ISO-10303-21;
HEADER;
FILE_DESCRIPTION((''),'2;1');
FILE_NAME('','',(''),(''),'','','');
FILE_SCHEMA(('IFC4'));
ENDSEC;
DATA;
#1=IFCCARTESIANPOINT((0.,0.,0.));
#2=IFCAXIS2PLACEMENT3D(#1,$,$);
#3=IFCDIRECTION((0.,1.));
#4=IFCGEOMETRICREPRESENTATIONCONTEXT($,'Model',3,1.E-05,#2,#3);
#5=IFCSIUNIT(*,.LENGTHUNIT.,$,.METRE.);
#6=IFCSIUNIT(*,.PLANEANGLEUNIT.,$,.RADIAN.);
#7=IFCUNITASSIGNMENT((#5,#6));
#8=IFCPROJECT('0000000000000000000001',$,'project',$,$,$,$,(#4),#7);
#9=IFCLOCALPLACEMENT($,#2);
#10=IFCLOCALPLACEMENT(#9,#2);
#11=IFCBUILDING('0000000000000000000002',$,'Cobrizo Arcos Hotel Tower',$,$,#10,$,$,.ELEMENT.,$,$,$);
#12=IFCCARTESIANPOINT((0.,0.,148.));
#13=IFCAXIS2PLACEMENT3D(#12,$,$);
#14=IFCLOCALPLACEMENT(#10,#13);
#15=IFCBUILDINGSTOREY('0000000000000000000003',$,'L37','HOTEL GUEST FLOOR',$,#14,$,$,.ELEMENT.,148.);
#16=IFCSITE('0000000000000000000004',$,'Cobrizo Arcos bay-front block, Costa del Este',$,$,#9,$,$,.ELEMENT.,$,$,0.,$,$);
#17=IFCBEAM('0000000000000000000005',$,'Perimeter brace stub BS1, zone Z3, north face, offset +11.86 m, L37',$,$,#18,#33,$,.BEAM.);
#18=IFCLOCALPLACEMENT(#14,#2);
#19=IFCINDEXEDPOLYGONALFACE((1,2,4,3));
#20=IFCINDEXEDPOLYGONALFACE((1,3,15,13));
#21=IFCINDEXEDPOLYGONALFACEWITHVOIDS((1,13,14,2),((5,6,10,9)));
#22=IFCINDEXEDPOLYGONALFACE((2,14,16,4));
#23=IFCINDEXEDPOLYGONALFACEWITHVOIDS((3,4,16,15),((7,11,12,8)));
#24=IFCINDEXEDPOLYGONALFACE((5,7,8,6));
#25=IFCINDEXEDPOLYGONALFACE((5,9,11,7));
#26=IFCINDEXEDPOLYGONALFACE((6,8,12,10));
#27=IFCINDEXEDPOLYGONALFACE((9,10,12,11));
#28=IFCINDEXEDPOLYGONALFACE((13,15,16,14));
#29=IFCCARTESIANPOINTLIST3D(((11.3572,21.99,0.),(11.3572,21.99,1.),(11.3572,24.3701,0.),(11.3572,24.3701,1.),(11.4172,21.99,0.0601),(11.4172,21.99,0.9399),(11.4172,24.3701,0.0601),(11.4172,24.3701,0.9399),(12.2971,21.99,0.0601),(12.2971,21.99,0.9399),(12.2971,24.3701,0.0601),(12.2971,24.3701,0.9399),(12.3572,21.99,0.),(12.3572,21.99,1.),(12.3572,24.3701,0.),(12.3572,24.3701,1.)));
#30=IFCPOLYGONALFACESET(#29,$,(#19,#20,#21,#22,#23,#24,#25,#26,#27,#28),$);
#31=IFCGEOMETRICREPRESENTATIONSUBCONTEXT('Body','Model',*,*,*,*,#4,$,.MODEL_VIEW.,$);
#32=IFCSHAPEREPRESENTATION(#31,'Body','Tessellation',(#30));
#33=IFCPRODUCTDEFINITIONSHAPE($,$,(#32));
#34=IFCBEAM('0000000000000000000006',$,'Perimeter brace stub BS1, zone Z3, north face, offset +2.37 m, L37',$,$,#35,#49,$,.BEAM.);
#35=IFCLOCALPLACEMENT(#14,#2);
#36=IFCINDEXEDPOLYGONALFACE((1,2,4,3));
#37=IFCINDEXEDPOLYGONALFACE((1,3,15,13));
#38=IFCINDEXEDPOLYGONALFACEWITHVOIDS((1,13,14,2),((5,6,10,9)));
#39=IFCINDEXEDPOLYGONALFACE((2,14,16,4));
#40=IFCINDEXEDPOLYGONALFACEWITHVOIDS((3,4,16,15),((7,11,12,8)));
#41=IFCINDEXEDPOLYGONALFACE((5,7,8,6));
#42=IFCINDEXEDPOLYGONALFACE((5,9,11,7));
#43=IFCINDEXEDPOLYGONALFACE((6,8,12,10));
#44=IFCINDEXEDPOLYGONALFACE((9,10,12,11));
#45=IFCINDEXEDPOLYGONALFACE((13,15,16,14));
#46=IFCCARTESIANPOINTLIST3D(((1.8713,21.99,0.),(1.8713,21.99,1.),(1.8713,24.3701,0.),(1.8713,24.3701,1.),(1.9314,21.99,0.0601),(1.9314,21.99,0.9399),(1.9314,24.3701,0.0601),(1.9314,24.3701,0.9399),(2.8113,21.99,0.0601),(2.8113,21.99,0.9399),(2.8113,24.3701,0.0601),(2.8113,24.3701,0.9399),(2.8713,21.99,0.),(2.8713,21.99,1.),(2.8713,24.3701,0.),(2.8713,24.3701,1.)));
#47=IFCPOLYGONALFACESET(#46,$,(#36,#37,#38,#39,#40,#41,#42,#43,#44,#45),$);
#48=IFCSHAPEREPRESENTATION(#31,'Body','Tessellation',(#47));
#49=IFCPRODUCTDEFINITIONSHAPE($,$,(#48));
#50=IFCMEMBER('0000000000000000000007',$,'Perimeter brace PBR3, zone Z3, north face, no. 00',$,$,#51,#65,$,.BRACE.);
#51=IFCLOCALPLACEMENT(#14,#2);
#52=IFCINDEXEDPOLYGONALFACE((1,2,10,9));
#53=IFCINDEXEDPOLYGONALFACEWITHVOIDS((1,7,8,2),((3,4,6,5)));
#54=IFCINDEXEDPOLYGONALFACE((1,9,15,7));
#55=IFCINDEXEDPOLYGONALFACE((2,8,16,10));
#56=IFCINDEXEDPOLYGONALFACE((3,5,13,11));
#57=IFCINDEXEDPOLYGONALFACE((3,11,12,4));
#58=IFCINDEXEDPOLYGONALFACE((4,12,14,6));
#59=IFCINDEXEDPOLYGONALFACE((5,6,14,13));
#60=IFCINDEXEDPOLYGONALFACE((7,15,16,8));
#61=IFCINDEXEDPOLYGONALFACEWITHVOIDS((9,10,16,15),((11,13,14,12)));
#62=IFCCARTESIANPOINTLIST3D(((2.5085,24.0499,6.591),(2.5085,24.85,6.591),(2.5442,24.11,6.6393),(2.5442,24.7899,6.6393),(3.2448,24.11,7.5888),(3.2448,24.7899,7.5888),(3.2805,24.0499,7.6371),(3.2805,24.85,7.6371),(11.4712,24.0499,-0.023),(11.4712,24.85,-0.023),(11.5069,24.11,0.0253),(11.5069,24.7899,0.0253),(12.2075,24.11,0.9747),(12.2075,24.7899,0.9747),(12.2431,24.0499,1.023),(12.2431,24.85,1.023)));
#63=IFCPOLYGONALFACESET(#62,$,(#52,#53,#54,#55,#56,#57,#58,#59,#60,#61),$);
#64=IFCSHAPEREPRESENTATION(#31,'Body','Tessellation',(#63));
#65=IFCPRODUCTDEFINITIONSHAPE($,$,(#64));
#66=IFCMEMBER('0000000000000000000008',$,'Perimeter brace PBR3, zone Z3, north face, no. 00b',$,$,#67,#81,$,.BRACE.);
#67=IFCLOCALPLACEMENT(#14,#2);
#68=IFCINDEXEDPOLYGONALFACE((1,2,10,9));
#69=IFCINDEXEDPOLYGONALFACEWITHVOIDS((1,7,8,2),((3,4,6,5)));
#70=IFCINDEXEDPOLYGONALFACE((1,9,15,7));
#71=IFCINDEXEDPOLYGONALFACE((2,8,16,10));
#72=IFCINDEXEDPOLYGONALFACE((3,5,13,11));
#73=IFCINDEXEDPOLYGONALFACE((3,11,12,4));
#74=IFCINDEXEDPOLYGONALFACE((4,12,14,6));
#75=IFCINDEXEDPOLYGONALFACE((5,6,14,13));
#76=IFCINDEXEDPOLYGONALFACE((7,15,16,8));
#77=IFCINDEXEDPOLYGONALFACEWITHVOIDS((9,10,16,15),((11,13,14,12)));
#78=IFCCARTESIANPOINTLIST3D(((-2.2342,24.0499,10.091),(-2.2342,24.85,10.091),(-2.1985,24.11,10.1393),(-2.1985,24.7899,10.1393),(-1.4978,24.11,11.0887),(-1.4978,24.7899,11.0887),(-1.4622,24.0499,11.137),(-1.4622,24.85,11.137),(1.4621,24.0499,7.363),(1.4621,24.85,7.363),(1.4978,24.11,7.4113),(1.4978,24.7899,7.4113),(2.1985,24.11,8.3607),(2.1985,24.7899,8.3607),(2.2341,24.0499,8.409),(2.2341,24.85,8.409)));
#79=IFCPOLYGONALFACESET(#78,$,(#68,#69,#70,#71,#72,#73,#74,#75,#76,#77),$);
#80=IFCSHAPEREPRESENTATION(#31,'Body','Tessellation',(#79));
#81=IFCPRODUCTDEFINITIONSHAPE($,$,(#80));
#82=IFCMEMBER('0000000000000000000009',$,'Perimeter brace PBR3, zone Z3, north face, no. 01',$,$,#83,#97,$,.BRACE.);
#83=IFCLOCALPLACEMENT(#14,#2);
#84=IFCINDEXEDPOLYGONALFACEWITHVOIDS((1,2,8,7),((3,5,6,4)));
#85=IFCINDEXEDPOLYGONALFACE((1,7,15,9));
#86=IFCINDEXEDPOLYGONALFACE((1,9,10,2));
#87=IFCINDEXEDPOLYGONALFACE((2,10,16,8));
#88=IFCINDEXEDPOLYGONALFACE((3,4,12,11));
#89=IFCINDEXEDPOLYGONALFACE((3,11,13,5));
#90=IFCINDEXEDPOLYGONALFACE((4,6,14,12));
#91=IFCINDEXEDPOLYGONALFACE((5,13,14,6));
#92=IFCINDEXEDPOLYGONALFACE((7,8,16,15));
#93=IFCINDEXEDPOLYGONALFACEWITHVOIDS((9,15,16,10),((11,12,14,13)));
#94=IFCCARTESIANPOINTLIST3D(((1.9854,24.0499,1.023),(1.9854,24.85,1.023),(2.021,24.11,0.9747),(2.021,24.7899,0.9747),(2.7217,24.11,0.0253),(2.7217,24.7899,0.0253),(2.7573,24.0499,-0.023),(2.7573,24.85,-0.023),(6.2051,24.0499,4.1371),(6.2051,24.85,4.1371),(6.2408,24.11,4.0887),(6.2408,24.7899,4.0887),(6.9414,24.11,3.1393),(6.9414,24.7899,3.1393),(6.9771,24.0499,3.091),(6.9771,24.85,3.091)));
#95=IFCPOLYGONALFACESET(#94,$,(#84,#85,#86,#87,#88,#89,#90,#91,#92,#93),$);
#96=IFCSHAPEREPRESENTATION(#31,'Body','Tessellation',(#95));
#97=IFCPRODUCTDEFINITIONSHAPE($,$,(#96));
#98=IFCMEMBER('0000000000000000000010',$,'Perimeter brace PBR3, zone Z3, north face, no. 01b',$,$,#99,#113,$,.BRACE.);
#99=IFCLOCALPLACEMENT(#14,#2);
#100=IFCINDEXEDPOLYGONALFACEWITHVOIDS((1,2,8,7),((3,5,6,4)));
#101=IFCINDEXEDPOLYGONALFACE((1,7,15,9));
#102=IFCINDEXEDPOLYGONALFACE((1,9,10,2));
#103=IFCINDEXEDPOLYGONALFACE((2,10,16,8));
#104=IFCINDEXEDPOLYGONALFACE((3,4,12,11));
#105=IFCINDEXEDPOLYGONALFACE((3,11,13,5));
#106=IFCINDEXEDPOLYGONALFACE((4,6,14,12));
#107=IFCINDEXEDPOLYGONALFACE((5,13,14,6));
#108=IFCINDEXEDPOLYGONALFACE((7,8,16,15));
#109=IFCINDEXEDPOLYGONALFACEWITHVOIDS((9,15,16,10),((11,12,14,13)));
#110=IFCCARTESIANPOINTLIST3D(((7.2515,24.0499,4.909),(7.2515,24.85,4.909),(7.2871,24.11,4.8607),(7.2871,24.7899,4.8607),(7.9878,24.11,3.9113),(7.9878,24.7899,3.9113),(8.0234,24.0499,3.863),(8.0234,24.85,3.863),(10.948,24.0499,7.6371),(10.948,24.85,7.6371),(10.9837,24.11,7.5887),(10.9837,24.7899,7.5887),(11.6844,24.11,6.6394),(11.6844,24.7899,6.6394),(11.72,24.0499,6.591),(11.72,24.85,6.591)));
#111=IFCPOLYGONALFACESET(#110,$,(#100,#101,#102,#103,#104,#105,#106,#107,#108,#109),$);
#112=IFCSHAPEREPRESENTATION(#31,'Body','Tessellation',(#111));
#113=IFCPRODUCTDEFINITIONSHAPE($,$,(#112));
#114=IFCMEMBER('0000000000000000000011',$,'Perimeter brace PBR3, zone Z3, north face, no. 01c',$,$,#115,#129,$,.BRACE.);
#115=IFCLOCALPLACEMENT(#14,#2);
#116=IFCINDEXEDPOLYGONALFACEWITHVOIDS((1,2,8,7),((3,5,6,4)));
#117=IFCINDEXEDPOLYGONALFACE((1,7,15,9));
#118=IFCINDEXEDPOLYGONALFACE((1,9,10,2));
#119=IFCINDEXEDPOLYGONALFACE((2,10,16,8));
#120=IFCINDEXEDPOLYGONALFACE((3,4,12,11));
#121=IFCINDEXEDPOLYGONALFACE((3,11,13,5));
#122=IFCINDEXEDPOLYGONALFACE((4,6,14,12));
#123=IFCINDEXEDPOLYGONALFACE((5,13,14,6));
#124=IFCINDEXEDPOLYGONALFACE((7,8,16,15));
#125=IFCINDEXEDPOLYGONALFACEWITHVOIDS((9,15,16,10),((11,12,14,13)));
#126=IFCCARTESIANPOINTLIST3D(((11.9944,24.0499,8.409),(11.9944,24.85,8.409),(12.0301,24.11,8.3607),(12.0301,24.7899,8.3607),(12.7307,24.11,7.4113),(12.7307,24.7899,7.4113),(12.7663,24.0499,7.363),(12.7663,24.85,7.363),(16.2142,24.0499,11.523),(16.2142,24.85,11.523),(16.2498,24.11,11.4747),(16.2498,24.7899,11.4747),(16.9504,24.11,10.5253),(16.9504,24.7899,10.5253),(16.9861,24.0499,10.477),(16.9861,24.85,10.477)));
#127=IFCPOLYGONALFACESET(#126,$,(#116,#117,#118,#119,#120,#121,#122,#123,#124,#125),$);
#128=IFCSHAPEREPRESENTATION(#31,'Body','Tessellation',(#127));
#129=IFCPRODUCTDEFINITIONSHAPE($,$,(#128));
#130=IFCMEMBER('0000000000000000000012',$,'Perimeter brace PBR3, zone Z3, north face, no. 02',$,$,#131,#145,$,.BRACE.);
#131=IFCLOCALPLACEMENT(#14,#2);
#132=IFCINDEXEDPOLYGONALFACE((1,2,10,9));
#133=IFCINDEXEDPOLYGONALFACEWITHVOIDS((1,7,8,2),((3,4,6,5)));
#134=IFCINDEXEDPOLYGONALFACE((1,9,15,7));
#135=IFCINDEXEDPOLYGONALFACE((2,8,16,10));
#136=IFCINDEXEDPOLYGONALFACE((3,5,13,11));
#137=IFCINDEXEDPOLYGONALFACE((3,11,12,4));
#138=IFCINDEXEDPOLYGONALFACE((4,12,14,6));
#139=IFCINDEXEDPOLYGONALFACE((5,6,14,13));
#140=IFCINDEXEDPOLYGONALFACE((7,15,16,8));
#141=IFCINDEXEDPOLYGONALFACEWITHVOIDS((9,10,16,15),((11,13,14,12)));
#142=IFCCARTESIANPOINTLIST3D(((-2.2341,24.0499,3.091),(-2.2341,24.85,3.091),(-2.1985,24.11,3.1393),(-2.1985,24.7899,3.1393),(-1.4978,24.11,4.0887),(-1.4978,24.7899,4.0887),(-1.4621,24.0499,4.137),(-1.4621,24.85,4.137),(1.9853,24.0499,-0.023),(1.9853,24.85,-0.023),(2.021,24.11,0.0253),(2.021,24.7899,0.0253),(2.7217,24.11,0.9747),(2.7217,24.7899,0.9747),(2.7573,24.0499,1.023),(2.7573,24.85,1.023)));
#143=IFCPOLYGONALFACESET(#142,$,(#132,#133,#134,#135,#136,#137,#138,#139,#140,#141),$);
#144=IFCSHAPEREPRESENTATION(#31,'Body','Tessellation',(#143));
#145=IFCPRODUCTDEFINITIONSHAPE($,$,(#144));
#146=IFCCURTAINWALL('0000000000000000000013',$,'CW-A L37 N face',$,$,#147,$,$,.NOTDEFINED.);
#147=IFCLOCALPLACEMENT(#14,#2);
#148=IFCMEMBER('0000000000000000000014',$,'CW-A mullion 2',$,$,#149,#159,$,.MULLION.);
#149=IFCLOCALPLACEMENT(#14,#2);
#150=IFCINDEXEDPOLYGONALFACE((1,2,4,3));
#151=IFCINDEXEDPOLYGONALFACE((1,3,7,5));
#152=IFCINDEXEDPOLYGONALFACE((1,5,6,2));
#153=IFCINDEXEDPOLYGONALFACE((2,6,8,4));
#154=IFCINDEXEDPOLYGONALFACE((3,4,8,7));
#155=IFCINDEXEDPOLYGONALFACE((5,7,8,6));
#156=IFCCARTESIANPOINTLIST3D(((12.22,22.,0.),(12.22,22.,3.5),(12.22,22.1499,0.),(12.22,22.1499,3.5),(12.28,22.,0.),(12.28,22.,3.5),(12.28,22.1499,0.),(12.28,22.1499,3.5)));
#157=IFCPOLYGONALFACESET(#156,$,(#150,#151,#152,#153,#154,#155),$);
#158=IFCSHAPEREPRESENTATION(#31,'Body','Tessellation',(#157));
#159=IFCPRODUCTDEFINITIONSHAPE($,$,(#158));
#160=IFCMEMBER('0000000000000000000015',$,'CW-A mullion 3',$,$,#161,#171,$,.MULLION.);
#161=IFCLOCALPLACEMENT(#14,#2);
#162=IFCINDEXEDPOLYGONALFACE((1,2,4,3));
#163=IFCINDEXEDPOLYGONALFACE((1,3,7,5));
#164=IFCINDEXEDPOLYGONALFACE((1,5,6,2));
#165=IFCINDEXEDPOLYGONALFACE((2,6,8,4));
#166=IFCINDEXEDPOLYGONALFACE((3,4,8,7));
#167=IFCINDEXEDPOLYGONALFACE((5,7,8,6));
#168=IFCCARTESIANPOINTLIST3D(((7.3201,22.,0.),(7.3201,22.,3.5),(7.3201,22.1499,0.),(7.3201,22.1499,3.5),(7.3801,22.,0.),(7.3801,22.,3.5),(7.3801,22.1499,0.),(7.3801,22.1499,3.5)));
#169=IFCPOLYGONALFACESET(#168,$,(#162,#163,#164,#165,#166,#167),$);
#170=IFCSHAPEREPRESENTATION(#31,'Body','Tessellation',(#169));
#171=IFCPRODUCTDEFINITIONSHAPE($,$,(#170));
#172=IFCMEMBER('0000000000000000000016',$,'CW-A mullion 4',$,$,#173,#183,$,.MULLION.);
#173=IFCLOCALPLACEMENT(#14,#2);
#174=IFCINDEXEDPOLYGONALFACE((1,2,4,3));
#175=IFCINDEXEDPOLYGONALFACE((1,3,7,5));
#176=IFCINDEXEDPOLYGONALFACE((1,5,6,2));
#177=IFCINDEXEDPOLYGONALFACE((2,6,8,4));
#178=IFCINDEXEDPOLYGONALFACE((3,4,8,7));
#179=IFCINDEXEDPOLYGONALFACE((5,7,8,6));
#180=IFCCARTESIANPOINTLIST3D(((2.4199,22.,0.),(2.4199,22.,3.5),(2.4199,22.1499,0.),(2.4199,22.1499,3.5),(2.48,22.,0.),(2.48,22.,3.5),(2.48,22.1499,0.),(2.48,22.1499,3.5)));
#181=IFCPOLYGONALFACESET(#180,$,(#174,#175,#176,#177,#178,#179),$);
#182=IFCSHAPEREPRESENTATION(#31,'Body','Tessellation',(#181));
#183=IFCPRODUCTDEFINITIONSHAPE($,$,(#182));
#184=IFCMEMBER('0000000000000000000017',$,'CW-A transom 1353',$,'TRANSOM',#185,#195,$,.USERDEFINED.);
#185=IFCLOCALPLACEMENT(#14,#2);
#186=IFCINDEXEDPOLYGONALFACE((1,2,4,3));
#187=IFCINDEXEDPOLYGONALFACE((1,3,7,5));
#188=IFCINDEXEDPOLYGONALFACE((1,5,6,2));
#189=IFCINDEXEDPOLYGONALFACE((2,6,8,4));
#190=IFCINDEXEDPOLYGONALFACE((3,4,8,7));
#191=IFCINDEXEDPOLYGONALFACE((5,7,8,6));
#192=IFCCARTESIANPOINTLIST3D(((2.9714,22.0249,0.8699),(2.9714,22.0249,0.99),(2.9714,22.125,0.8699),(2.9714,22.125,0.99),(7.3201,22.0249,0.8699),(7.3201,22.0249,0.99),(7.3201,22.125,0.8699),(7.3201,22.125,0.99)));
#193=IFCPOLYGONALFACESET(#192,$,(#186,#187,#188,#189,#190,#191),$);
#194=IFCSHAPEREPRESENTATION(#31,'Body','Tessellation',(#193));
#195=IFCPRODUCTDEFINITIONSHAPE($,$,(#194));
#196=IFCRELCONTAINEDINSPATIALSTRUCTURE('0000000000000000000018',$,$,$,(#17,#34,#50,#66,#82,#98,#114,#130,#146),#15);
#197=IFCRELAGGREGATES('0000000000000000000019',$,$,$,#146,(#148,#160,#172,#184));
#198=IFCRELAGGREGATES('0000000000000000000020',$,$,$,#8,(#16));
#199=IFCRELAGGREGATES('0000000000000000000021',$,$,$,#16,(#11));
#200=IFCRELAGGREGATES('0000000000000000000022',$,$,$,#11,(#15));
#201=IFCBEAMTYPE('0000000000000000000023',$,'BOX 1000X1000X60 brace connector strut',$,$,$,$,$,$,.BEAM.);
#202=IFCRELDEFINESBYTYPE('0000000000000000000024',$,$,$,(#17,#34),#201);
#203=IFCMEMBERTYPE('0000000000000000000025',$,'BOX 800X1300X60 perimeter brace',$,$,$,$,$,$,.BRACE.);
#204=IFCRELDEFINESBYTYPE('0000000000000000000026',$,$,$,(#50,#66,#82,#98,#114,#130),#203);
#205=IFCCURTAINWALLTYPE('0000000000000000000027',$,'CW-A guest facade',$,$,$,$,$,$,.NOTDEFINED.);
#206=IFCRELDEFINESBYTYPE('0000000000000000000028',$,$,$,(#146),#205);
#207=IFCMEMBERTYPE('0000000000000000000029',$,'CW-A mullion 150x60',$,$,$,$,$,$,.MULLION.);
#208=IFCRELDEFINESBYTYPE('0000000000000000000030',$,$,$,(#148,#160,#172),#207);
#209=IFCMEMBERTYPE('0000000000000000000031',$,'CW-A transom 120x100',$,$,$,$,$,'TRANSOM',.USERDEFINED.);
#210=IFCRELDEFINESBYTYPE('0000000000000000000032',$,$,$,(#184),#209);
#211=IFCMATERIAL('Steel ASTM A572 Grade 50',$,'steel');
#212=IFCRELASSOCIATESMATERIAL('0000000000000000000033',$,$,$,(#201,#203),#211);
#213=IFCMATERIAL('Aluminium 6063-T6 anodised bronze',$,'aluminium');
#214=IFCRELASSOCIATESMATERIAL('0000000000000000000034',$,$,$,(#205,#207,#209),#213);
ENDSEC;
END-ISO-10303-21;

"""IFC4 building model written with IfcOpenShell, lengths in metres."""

from ifc_helpers import new_model, si_unit, direction, frame, origin, origin_2d, place, context, subcontext, project, spatial, rectangle, hollow_rectangle, extrude, material, material_profile, profile_set, type_object, element, aggregate, save


model = new_model("IFC4")

# Units and contexts
model_context = context("Model", 3, precision=1e-05, world=origin(), true_north=direction((0.0, 1.0)))
body_context = subcontext(model_context, "Body", "Model", "MODEL_VIEW")
ifc_project = project(units=[si_unit("LENGTHUNIT", "METRE"), si_unit("PLANEANGLEUNIT", "RADIAN")], contexts=[model_context])

# Site, building, storey
site_placement = place(None, origin())
site = spatial("IfcSite", under=ifc_project, at=site_placement, Name="Cobrizo Arcos bay-front block, Costa del Este", CompositionType="ELEMENT", RefElevation=0.0)
building_placement = place(site_placement, origin())
building = spatial("IfcBuilding", under=site, at=building_placement, Name="Cobrizo Arcos Hotel Tower", CompositionType="ELEMENT")
storey_placement = place(building_placement, frame((0.0, 0.0, 148.0)))
storey = spatial("IfcBuildingStorey", under=building, at=storey_placement, Name="L37", Description="HOTEL GUEST FLOOR", CompositionType="ELEMENT", Elevation=148.0)

# Beams
ifc_material_1 = material(Name="Steel ASTM A572 Grade 50", Category="steel")
ifc_material_profile_1 = material_profile(ifc_material_1, hollow_rectangle(XDim=1.0, YDim=1.0, WallThickness=0.0601, at=origin_2d()), Name="BOX 1000X1000X60")
ifc_profile_set_1 = profile_set([ifc_material_profile_1], Name="Steel ASTM A572 Grade 50")
beam_type = type_object("IfcBeamType", Name="BOX 1000X1000X60 brace connector strut", PredefinedType="BEAM", material=ifc_profile_set_1)
for number, where, z_axis, x_axis, name in (
    (1, (11.8572, 21.99, 0.5), (0.0, 1.0, 0.0), (-1.0, 0.0, 0.0), "Perimeter brace stub BS1, zone Z3, north face, offset +11.86 m, L37"),
    (2, (2.3713, 21.99, 0.5), (0.0, 1.0, 0.0), (-1.0, 0.0, 0.0), "Perimeter brace stub BS1, zone Z3, north face, offset +2.37 m, L37"),
):
    element("IfcBeam", number, at=place(storey_placement, frame(where, z_axis=z_axis, x_axis=x_axis)), inside=storey, type_object=beam_type, Name=name, PredefinedType="BEAM", context=body_context, shape_type="SweptSolid", body=[
        extrude(hollow_rectangle(XDim=1.0, YDim=1.0, WallThickness=0.0601, at=origin_2d()), origin(), (0.0, 0.0, 1.0), 2.3801),
    ])

# Members
ifc_material_profile_2 = material_profile(ifc_material_1, hollow_rectangle(XDim=0.8, YDim=1.3, WallThickness=0.0601, at=origin_2d()), Name="BOX 800X1300X60")
ifc_profile_set_2 = profile_set([ifc_material_profile_2], Name="Steel ASTM A572 Grade 50")
member_type_1 = type_object("IfcMemberType", Name="BOX 800X1300X60 perimeter brace", PredefinedType="BRACE", material=ifc_profile_set_2)
member_1_placement = place(storey_placement, frame((11.8572, 24.45, 0.5), z_axis=(-0.804629, 0.0, 0.593778), x_axis=(0.0, -1.0, 0.0)))
element("IfcMember", 3, at=member_1_placement, inside=storey, type_object=member_type_1, Name="Perimeter brace PBR3, zone Z3, north face, no. 00", PredefinedType="BRACE", context=body_context, shape_type="SweptSolid", body=[
    extrude(hollow_rectangle(XDim=0.8, YDim=1.3, WallThickness=0.0601, at=origin_2d()), origin(), (0.0, 0.0, 1.0), 11.1389),
])
member_2_placement = place(storey_placement, frame((1.8481, 24.45, 7.886), z_axis=(-0.804593, 0.0, 0.593826), x_axis=(0.0, -1.0, 0.0)))
element("IfcMember", 4, at=member_2_placement, inside=storey, type_object=member_type_1, Name="Perimeter brace PBR3, zone Z3, north face, no. 00b", PredefinedType="BRACE", context=body_context, shape_type="SweptSolid", body=[
    extrude(hollow_rectangle(XDim=0.8, YDim=1.3, WallThickness=0.0601, at=origin_2d()), origin(), (0.0, 0.0, 1.0), 4.594),
])
member_3_placement = place(storey_placement, frame((2.3713, 24.45, 0.5), z_axis=(0.804624, 0.0, 0.593785), x_axis=(0.0, 1.0, 0.0)))
element("IfcMember", 5, at=member_3_placement, inside=storey, type_object=member_type_1, Name="Perimeter brace PBR3, zone Z3, north face, no. 01", PredefinedType="BRACE", context=body_context, shape_type="SweptSolid", body=[
    extrude(hollow_rectangle(XDim=0.8, YDim=1.3, WallThickness=0.0601, at=origin_2d()), origin(), (0.0, 0.0, 1.0), 5.2444),
])
member_4_placement = place(storey_placement, frame((7.6375, 24.45, 4.386), z_axis=(0.804612, 0.0, 0.593801), x_axis=(0.0, 1.0, 0.0)))
element("IfcMember", 6, at=member_4_placement, inside=storey, type_object=member_type_1, Name="Perimeter brace PBR3, zone Z3, north face, no. 01b", PredefinedType="BRACE", context=body_context, shape_type="SweptSolid", body=[
    extrude(hollow_rectangle(XDim=0.8, YDim=1.3, WallThickness=0.0601, at=origin_2d()), origin(), (0.0, 0.0, 1.0), 4.5942),
])
member_5_placement = place(storey_placement, frame((12.3804, 24.45, 7.886), z_axis=(0.804624, 0.0, 0.593785), x_axis=(0.0, 1.0, 0.0)))
element("IfcMember", 7, at=member_5_placement, inside=storey, type_object=member_type_1, Name="Perimeter brace PBR3, zone Z3, north face, no. 01c", PredefinedType="BRACE", context=body_context, shape_type="SweptSolid", body=[
    extrude(hollow_rectangle(XDim=0.8, YDim=1.3, WallThickness=0.0601, at=origin_2d()), origin(), (0.0, 0.0, 1.0), 5.2444),
])
member_6_placement = place(storey_placement, frame((2.3713, 24.45, 0.5), z_axis=(-0.804607, 0.0, 0.593807), x_axis=(0.0, -1.0, 0.0)))
element("IfcMember", 8, at=member_6_placement, inside=storey, type_object=member_type_1, Name="Perimeter brace PBR3, zone Z3, north face, no. 02", PredefinedType="BRACE", context=body_context, shape_type="SweptSolid", body=[
    extrude(hollow_rectangle(XDim=0.8, YDim=1.3, WallThickness=0.0601, at=origin_2d()), origin(), (0.0, 0.0, 1.0), 5.2441),
])

# Curtain wall, members
ifc_material_2 = material(Name="Aluminium 6063-T6 anodised bronze", Category="aluminium")
curtain_wall_type = type_object("IfcCurtainWallType", Name="CW-A guest facade", PredefinedType="NOTDEFINED", material=ifc_material_2)
curtain_wall_placement = place(storey_placement, origin())
curtain_wall = element("IfcCurtainWall", 9, at=curtain_wall_placement, inside=storey, type_object=curtain_wall_type, Name="CW-A L37 N face", PredefinedType="NOTDEFINED")
ifc_material_profile_3 = material_profile(ifc_material_2, rectangle(XDim=0.1499, YDim=0.0601, at=origin_2d()), Name="CW-A mullion 150x60")
ifc_profile_set_3 = profile_set([ifc_material_profile_3], Name="Aluminium 6063-T6 anodised bronze")
member_type_2 = type_object("IfcMemberType", Name="CW-A mullion 150x60", PredefinedType="MULLION", material=ifc_profile_set_3)
member_7_placement = place(storey_placement, frame((12.25, 22.075, 0.0), z_axis=(0.0, 0.0, 1.0), x_axis=(0.0, 1.0, 0.0)))
member_7 = element("IfcMember", 10, at=member_7_placement, type_object=member_type_2, Name="CW-A mullion 2", PredefinedType="MULLION", context=body_context, shape_type="SweptSolid", body=[
    extrude(rectangle(XDim=0.1499, YDim=0.0601, at=origin_2d()), origin(), (0.0, 0.0, 1.0), 3.5),
])
member_8_placement = place(storey_placement, frame((7.3501, 22.075, 0.0), z_axis=(0.0, 0.0, 1.0), x_axis=(0.0, 1.0, 0.0)))
member_8 = element("IfcMember", 11, at=member_8_placement, type_object=member_type_2, Name="CW-A mullion 3", PredefinedType="MULLION", context=body_context, shape_type="SweptSolid", body=[
    extrude(rectangle(XDim=0.1499, YDim=0.0601, at=origin_2d()), origin(), (0.0, 0.0, 1.0), 3.5),
])
member_9_placement = place(storey_placement, frame((2.45, 22.075, 0.0), z_axis=(0.0, 0.0, 1.0), x_axis=(0.0, 1.0, 0.0)))
member_9 = element("IfcMember", 12, at=member_9_placement, type_object=member_type_2, Name="CW-A mullion 4", PredefinedType="MULLION", context=body_context, shape_type="SweptSolid", body=[
    extrude(rectangle(XDim=0.1499, YDim=0.0601, at=origin_2d()), origin(), (0.0, 0.0, 1.0), 3.5),
])
ifc_material_profile_4 = material_profile(ifc_material_2, rectangle(XDim=0.1001, YDim=0.1201, at=origin_2d()), Name="CW-A transom 120x100")
ifc_profile_set_4 = profile_set([ifc_material_profile_4], Name="Aluminium 6063-T6 anodised bronze")
member_type_3 = type_object("IfcMemberType", Name="CW-A transom 120x100", ElementType="TRANSOM", PredefinedType="USERDEFINED", material=ifc_profile_set_4)
member_10_placement = place(storey_placement, frame((7.3201, 22.075, 0.9299), z_axis=(-1.0, 0.0, 0.0), x_axis=(0.0, -1.0, 0.0)))
member_10 = element("IfcMember", 13, at=member_10_placement, type_object=member_type_3, Name="CW-A transom 1353", ObjectType="TRANSOM", PredefinedType="USERDEFINED", context=body_context, shape_type="SweptSolid", body=[
    extrude(rectangle(XDim=0.1001, YDim=0.1201, at=origin_2d()), origin(), (0.0, 0.0, 1.0), 4.3486),
])
aggregate(curtain_wall, [member_7, member_8, member_9, member_10])

save(model, "model.ifc")
